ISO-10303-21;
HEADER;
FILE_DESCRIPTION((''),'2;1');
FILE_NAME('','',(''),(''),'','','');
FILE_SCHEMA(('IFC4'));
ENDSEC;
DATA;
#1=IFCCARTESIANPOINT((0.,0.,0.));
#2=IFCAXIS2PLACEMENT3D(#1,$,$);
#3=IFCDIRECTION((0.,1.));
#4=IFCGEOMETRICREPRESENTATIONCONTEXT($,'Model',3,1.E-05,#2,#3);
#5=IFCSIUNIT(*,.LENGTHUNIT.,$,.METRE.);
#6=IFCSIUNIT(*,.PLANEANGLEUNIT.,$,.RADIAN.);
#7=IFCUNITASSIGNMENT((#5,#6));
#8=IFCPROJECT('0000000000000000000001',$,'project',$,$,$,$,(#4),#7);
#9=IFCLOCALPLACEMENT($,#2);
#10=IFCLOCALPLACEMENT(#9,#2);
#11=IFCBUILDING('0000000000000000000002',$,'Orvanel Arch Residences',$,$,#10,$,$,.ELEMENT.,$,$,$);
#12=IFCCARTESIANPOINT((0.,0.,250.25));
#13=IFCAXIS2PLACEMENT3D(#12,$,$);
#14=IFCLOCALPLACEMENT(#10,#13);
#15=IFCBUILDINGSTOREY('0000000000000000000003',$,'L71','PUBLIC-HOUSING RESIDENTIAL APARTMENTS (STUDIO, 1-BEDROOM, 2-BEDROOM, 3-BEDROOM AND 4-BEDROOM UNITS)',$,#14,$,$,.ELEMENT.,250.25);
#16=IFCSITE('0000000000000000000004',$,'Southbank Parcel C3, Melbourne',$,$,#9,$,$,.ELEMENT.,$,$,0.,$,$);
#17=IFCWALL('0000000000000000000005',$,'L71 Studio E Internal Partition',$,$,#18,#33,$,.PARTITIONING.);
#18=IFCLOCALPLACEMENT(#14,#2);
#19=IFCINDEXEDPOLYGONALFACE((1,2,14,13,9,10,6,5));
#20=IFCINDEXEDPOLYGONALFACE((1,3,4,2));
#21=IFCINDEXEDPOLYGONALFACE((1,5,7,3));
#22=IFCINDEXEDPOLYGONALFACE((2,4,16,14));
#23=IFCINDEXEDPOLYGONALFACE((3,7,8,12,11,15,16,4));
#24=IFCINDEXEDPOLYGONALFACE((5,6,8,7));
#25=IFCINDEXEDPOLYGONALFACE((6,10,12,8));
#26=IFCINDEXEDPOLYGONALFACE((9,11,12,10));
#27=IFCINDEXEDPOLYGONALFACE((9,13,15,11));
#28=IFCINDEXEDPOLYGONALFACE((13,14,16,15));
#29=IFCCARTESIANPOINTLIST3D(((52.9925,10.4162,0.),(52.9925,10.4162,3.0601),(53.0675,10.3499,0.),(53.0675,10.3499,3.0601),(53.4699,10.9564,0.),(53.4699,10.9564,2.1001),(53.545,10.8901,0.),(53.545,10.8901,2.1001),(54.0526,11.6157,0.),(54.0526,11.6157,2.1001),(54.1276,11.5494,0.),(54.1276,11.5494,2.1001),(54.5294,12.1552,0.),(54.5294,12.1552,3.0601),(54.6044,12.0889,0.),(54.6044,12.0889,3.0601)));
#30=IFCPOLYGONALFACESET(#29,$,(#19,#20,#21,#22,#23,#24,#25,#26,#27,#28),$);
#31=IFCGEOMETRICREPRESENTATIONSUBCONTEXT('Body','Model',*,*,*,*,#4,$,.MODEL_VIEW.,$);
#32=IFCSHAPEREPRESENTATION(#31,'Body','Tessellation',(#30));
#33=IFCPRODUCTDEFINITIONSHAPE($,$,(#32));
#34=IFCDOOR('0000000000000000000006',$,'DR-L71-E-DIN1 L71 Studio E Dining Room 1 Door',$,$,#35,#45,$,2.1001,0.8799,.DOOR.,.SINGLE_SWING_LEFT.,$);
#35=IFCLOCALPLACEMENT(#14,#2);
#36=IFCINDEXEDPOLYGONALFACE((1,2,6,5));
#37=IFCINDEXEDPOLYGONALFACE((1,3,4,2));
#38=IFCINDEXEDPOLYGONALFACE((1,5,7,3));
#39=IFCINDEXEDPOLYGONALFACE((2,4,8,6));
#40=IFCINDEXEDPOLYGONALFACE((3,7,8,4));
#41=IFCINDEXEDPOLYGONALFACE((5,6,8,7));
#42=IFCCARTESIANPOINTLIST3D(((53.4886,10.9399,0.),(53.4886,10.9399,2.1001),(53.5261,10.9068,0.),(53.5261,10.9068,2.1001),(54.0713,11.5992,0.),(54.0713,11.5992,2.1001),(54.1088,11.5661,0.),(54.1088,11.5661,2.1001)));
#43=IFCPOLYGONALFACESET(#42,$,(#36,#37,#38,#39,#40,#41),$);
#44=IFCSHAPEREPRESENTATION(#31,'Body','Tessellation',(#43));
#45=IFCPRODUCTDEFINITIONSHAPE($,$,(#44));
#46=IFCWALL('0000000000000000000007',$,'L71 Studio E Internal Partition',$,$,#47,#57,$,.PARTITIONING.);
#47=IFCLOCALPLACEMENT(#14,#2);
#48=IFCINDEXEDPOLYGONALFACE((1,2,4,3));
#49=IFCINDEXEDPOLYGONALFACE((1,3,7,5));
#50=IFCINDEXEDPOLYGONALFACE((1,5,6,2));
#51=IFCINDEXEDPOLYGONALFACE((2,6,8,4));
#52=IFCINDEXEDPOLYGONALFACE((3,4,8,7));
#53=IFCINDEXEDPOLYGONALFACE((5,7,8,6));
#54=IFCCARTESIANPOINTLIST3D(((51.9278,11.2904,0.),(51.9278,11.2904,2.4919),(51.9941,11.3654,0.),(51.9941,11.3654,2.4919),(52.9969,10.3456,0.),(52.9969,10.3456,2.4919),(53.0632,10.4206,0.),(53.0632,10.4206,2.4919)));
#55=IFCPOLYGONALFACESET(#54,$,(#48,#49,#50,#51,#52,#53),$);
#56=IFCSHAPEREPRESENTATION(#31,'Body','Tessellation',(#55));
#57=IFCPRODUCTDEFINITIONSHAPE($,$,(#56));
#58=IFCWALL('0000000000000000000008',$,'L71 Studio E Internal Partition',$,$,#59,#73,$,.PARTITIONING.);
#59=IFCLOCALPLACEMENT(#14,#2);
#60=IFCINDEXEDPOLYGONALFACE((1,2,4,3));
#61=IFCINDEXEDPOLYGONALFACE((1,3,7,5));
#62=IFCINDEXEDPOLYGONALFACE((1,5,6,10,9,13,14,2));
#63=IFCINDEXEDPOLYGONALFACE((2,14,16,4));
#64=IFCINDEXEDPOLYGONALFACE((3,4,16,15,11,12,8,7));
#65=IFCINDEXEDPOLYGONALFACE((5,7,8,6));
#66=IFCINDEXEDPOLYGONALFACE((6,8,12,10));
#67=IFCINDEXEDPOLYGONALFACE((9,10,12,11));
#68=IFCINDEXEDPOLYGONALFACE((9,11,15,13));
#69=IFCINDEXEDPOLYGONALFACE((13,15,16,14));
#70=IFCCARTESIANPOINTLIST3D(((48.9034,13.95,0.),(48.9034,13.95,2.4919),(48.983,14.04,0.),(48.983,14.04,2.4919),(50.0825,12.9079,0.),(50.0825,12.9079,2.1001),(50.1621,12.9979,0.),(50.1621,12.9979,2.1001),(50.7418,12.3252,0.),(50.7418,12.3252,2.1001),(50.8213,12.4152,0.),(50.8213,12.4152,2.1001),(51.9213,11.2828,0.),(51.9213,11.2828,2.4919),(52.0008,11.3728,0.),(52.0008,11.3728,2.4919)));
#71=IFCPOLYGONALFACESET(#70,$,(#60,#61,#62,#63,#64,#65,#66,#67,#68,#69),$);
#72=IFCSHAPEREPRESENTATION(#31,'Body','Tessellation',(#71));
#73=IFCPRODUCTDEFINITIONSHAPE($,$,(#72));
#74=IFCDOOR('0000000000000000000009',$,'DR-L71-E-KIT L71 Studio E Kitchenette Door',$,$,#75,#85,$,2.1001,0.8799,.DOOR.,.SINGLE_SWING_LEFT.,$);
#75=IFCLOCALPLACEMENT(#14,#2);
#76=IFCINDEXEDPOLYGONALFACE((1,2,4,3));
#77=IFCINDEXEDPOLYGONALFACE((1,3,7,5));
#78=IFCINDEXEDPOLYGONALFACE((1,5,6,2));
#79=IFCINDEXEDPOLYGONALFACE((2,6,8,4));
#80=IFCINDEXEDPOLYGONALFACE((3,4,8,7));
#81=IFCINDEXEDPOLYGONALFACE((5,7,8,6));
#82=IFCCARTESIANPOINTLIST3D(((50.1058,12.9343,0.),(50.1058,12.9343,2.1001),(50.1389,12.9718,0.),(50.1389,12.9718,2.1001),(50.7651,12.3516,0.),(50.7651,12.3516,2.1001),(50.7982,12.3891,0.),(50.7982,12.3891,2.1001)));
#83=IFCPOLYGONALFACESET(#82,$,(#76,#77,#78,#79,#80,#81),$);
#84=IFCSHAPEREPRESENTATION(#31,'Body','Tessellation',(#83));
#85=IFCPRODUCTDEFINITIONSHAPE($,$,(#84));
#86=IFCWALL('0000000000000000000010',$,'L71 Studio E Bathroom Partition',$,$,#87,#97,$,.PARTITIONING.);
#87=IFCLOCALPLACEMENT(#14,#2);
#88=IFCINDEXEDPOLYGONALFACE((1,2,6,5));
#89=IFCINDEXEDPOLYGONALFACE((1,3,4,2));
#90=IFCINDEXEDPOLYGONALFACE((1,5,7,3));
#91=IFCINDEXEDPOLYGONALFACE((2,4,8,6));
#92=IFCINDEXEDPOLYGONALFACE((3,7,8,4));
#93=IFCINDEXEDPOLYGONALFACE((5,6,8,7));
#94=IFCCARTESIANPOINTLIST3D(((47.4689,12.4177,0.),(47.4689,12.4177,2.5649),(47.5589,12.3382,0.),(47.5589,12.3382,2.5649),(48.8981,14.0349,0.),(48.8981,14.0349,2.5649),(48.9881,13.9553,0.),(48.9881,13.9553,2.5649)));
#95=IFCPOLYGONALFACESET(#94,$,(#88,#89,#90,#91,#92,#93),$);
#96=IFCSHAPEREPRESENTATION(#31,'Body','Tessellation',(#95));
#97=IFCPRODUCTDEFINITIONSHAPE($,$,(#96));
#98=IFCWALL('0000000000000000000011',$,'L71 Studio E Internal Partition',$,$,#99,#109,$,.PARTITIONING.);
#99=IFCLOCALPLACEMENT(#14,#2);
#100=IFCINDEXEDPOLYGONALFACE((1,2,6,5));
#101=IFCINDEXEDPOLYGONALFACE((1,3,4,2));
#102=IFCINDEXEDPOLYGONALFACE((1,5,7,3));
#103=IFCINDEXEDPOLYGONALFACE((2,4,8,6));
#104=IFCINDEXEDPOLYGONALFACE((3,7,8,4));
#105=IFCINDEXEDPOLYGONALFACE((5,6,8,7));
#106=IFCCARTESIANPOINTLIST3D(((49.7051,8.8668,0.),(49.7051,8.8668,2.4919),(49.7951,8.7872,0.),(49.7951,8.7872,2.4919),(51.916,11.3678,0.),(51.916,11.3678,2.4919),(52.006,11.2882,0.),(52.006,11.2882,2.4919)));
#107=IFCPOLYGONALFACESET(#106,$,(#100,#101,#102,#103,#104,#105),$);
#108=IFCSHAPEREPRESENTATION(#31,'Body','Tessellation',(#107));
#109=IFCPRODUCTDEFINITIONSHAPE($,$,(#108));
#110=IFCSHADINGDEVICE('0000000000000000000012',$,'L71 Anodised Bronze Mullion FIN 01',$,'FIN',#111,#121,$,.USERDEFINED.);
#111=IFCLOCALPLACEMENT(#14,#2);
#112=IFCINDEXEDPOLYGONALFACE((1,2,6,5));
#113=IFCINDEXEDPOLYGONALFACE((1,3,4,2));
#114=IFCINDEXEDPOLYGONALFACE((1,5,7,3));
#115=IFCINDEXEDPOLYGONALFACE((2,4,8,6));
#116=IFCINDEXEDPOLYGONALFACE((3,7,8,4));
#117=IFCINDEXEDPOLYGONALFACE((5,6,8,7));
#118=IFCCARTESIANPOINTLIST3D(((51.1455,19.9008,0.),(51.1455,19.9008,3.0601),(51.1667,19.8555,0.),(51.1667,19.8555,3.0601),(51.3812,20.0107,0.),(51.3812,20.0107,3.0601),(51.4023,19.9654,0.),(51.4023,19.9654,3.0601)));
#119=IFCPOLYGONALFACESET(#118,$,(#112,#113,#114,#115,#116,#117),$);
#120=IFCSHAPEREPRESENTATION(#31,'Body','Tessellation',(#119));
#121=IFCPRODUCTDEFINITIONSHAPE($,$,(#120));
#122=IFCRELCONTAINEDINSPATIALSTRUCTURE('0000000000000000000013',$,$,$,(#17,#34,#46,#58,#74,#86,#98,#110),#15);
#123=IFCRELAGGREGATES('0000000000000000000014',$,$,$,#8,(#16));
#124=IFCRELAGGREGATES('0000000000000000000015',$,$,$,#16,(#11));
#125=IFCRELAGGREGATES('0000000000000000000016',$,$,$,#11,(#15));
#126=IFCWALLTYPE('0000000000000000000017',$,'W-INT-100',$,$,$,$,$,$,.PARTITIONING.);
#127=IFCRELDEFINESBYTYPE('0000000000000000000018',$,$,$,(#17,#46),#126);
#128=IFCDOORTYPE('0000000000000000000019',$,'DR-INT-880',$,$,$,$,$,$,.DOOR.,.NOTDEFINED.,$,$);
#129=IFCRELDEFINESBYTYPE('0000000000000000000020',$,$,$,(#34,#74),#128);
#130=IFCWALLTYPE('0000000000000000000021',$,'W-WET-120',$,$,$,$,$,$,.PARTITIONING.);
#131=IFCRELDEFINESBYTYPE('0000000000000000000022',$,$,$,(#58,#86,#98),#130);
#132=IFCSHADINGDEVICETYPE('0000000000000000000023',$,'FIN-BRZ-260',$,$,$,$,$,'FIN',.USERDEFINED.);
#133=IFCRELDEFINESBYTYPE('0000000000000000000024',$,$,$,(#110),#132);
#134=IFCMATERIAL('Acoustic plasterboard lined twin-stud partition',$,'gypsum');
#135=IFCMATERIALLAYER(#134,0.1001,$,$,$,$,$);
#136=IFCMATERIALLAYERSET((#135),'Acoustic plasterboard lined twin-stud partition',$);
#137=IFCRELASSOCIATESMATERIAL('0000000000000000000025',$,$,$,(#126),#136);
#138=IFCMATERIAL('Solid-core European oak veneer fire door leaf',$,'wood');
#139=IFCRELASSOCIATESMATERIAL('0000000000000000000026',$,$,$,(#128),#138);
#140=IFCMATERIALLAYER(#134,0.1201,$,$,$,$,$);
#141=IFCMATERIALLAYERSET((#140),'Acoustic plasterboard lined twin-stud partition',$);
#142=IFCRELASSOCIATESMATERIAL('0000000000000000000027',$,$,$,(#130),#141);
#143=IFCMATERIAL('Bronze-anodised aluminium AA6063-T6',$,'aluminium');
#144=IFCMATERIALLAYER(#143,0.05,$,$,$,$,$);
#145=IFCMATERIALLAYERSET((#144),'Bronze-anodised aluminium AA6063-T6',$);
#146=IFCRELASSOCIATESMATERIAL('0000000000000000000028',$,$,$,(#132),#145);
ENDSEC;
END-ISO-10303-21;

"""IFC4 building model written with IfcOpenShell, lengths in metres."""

from ifc_helpers import new_model, si_unit, direction, frame, frame_2d, origin, origin_2d, place, context, subcontext, project, spatial, rectangle, extrude, material, layer, layer_set, type_object, element, fill, save


model = new_model("IFC4")

# Units and contexts
model_context = context("Model", 3, precision=1e-05, world=origin(), true_north=direction((0.0, 1.0)))
body_context = subcontext(model_context, "Body", "Model", "MODEL_VIEW")
ifc_project = project(units=[si_unit("LENGTHUNIT", "METRE"), si_unit("PLANEANGLEUNIT", "RADIAN")], contexts=[model_context])

# Site, building, storey
site_placement = place(None, origin())
site = spatial("IfcSite", under=ifc_project, at=site_placement, Name="Southbank Parcel C3, Melbourne", CompositionType="ELEMENT", RefElevation=0.0)
building_placement = place(site_placement, origin())
building = spatial("IfcBuilding", under=site, at=building_placement, Name="Orvanel Arch Residences", CompositionType="ELEMENT")
storey_placement = place(building_placement, frame((0.0, 0.0, 250.25)))
storey = spatial("IfcBuildingStorey", under=building, at=storey_placement, Name="L71", Description="PUBLIC-HOUSING RESIDENTIAL APARTMENTS (STUDIO, 1-BEDROOM, 2-BEDROOM, 3-BEDROOM AND 4-BEDROOM UNITS)", CompositionType="ELEMENT", Elevation=250.25)

# Shared definitions
ifc_material_1 = material(Name="Bronze-anodised aluminium AA6063-T6", Category="aluminium")

# Wall, opening, door
ifc_material_2 = material(Name="Acoustic plasterboard lined twin-stud partition", Category="gypsum")
ifc_layer_1 = layer(ifc_material_2, 0.1001)
ifc_layer_set_1 = layer_set([ifc_layer_1], Name="Acoustic plasterboard lined twin-stud partition")
wall_type_1 = type_object("IfcWallType", Name="W-INT-100", PredefinedType="PARTITIONING", material=ifc_layer_set_1)
wall_1_placement = place(storey_placement, frame((54.5669, 12.1221, 0.0), z_axis=(0.0, 0.0, 1.0), x_axis=(-0.662213, -0.749316, 0.0)))
wall_1 = element("IfcWall", 1, at=wall_1_placement, inside=storey, type_object=wall_type_1, Name="L71 Studio E Internal Partition", PredefinedType="PARTITIONING", context=body_context, shape_type="SweptSolid", body=[
    extrude(rectangle(XDim=2.3208, YDim=0.1001, at=frame_2d((1.1604, 0.0))), origin(), (0.0, 0.0, 1.0), 3.0601),
])
opening_1_placement = place(wall_1_placement, frame((0.72, 0.0, 0.0)))
opening_1 = element("IfcOpeningElement", 2, at=opening_1_placement, cuts=wall_1, PredefinedType="OPENING", context=body_context, shape_type="SweptSolid", body=[
    extrude(rectangle(XDim=0.8799, YDim=2.1001, at=frame_2d((0.4399, 1.05))), frame((0.0, 0.0601, 0.0), z_axis=(0.0, -1.0, 0.0), x_axis=(1.0, 0.0, 0.0)), (0.0, 0.0, 1.0), 0.1201),
])
ifc_material_3 = material(Name="Solid-core European oak veneer fire door leaf", Category="wood")
door_type = type_object("IfcDoorType", Name="DR-INT-880", OperationType="NOTDEFINED", PredefinedType="DOOR", material=ifc_material_3)
door_1_placement = place(opening_1_placement, origin())
door_1 = element("IfcDoor", 3, at=door_1_placement, inside=storey, type_object=door_type, Name="DR-L71-E-DIN1 L71 Studio E Dining Room 1 Door", OperationType="SINGLE_SWING_LEFT", OverallHeight=2.1001, OverallWidth=0.8799, PredefinedType="DOOR", context=body_context, shape_type="SweptSolid", body=[
    extrude(rectangle(XDim=0.8799, YDim=2.1001, at=frame_2d((0.4399, 1.05))), frame((0.0, 0.0249, 0.0), z_axis=(0.0, -1.0, 0.0), x_axis=(1.0, 0.0, 0.0)), (0.0, 0.0, 1.0), 0.05),
])
fill(opening_1, door_1)

# Wall
wall_2_placement = place(storey_placement, frame((53.03, 10.3831, 0.0), z_axis=(0.0, 0.0, 1.0), x_axis=(-0.749313, 0.662216, 0.0)))
element("IfcWall", 4, at=wall_2_placement, inside=storey, type_object=wall_type_1, Name="L71 Studio E Internal Partition", PredefinedType="PARTITIONING", context=body_context, shape_type="SweptSolid", body=[
    extrude(rectangle(XDim=1.4268, YDim=0.1001, at=frame_2d((0.7134, 0.0))), origin(), (0.0, 0.0, 1.0), 2.4919),
])

# Wall, opening, door
ifc_layer_2 = layer(ifc_material_2, 0.1201)
ifc_layer_set_2 = layer_set([ifc_layer_2], Name="Acoustic plasterboard lined twin-stud partition")
wall_type_2 = type_object("IfcWallType", Name="W-WET-120", PredefinedType="PARTITIONING", material=ifc_layer_set_2)
wall_3_placement = place(storey_placement, frame((51.9609, 11.3279, 0.0), z_axis=(0.0, 0.0, 1.0), x_axis=(-0.749289, 0.662243, 0.0)))
wall_3 = element("IfcWall", 5, at=wall_3_placement, inside=storey, type_object=wall_type_2, Name="L71 Studio E Internal Partition", PredefinedType="PARTITIONING", context=body_context, shape_type="SweptSolid", body=[
    extrude(rectangle(XDim=4.0276, YDim=0.1201, at=frame_2d((2.0137, 0.0))), origin(), (0.0, 0.0, 1.0), 2.4919),
])
opening_2_placement = place(wall_3_placement, frame((1.574, 0.0, 0.0)))
opening_2 = element("IfcOpeningElement", 6, at=opening_2_placement, cuts=wall_3, PredefinedType="OPENING", context=body_context, shape_type="SweptSolid", body=[
    extrude(rectangle(XDim=0.8799, YDim=2.1001, at=frame_2d((0.4399, 1.05))), frame((0.0, 0.0701, 0.0), z_axis=(0.0, -1.0, 0.0), x_axis=(1.0, 0.0, 0.0)), (0.0, 0.0, 1.0), 0.1401),
])
door_2_placement = place(opening_2_placement, origin())
door_2 = element("IfcDoor", 7, at=door_2_placement, inside=storey, type_object=door_type, Name="DR-L71-E-KIT L71 Studio E Kitchenette Door", OperationType="SINGLE_SWING_LEFT", OverallHeight=2.1001, OverallWidth=0.8799, PredefinedType="DOOR", context=body_context, shape_type="SweptSolid", body=[
    extrude(rectangle(XDim=0.8799, YDim=2.1001, at=frame_2d((0.4399, 1.05))), frame((0.0, 0.0249, 0.0), z_axis=(0.0, -1.0, 0.0), x_axis=(1.0, 0.0, 0.0)), (0.0, 0.0, 1.0), 0.05),
])
fill(opening_2, door_2)

# Walls
wall_4_placement = place(storey_placement, frame((48.9431, 13.9951, 0.0), z_axis=(0.0, 0.0, 1.0), x_axis=(-0.662213, -0.749316, 0.0)))
element("IfcWall", 8, at=wall_4_placement, inside=storey, type_object=wall_type_2, Name="L71 Studio E Bathroom Partition", PredefinedType="PARTITIONING", context=body_context, shape_type="SweptSolid", body=[
    extrude(rectangle(XDim=2.1582, YDim=0.1201, at=frame_2d((1.0791, 0.0))), origin(), (0.0, 0.0, 1.0), 2.5649),
])
wall_5_placement = place(storey_placement, frame((51.9609, 11.3279, 0.0), z_axis=(0.0, 0.0, 1.0), x_axis=(-0.662328, -0.749214, 0.0)))
element("IfcWall", 9, at=wall_5_placement, inside=storey, type_object=wall_type_2, Name="L71 Studio E Internal Partition", PredefinedType="PARTITIONING", context=body_context, shape_type="SweptSolid", body=[
    extrude(rectangle(XDim=3.3381, YDim=0.1201, at=frame_2d((1.6689, 0.0))), origin(), (0.0, 0.0, 1.0), 2.4919),
])

# Shading device
ifc_layer_3 = layer(ifc_material_1, 0.05)
ifc_layer_set_3 = layer_set([ifc_layer_3], Name="Bronze-anodised aluminium AA6063-T6")
shading_device_type = type_object("IfcShadingDeviceType", Name="FIN-BRZ-260", ElementType="FIN", PredefinedType="USERDEFINED", material=ifc_layer_set_3)
shading_device_placement = place(storey_placement, frame((51.2739, 19.9331, 0.0), z_axis=(0.0, 0.0, 1.0), x_axis=(0.906308, 0.422618, 0.0)))
element("IfcShadingDevice", 10, at=shading_device_placement, inside=storey, type_object=shading_device_type, Name="L71 Anodised Bronze Mullion FIN 01", ObjectType="FIN", PredefinedType="USERDEFINED", context=body_context, shape_type="SweptSolid", body=[
    extrude(rectangle(XDim=0.26, YDim=0.05, at=origin_2d()), origin(), (0.0, 0.0, 1.0), 3.0601),
])

save(model, "model.ifc")
